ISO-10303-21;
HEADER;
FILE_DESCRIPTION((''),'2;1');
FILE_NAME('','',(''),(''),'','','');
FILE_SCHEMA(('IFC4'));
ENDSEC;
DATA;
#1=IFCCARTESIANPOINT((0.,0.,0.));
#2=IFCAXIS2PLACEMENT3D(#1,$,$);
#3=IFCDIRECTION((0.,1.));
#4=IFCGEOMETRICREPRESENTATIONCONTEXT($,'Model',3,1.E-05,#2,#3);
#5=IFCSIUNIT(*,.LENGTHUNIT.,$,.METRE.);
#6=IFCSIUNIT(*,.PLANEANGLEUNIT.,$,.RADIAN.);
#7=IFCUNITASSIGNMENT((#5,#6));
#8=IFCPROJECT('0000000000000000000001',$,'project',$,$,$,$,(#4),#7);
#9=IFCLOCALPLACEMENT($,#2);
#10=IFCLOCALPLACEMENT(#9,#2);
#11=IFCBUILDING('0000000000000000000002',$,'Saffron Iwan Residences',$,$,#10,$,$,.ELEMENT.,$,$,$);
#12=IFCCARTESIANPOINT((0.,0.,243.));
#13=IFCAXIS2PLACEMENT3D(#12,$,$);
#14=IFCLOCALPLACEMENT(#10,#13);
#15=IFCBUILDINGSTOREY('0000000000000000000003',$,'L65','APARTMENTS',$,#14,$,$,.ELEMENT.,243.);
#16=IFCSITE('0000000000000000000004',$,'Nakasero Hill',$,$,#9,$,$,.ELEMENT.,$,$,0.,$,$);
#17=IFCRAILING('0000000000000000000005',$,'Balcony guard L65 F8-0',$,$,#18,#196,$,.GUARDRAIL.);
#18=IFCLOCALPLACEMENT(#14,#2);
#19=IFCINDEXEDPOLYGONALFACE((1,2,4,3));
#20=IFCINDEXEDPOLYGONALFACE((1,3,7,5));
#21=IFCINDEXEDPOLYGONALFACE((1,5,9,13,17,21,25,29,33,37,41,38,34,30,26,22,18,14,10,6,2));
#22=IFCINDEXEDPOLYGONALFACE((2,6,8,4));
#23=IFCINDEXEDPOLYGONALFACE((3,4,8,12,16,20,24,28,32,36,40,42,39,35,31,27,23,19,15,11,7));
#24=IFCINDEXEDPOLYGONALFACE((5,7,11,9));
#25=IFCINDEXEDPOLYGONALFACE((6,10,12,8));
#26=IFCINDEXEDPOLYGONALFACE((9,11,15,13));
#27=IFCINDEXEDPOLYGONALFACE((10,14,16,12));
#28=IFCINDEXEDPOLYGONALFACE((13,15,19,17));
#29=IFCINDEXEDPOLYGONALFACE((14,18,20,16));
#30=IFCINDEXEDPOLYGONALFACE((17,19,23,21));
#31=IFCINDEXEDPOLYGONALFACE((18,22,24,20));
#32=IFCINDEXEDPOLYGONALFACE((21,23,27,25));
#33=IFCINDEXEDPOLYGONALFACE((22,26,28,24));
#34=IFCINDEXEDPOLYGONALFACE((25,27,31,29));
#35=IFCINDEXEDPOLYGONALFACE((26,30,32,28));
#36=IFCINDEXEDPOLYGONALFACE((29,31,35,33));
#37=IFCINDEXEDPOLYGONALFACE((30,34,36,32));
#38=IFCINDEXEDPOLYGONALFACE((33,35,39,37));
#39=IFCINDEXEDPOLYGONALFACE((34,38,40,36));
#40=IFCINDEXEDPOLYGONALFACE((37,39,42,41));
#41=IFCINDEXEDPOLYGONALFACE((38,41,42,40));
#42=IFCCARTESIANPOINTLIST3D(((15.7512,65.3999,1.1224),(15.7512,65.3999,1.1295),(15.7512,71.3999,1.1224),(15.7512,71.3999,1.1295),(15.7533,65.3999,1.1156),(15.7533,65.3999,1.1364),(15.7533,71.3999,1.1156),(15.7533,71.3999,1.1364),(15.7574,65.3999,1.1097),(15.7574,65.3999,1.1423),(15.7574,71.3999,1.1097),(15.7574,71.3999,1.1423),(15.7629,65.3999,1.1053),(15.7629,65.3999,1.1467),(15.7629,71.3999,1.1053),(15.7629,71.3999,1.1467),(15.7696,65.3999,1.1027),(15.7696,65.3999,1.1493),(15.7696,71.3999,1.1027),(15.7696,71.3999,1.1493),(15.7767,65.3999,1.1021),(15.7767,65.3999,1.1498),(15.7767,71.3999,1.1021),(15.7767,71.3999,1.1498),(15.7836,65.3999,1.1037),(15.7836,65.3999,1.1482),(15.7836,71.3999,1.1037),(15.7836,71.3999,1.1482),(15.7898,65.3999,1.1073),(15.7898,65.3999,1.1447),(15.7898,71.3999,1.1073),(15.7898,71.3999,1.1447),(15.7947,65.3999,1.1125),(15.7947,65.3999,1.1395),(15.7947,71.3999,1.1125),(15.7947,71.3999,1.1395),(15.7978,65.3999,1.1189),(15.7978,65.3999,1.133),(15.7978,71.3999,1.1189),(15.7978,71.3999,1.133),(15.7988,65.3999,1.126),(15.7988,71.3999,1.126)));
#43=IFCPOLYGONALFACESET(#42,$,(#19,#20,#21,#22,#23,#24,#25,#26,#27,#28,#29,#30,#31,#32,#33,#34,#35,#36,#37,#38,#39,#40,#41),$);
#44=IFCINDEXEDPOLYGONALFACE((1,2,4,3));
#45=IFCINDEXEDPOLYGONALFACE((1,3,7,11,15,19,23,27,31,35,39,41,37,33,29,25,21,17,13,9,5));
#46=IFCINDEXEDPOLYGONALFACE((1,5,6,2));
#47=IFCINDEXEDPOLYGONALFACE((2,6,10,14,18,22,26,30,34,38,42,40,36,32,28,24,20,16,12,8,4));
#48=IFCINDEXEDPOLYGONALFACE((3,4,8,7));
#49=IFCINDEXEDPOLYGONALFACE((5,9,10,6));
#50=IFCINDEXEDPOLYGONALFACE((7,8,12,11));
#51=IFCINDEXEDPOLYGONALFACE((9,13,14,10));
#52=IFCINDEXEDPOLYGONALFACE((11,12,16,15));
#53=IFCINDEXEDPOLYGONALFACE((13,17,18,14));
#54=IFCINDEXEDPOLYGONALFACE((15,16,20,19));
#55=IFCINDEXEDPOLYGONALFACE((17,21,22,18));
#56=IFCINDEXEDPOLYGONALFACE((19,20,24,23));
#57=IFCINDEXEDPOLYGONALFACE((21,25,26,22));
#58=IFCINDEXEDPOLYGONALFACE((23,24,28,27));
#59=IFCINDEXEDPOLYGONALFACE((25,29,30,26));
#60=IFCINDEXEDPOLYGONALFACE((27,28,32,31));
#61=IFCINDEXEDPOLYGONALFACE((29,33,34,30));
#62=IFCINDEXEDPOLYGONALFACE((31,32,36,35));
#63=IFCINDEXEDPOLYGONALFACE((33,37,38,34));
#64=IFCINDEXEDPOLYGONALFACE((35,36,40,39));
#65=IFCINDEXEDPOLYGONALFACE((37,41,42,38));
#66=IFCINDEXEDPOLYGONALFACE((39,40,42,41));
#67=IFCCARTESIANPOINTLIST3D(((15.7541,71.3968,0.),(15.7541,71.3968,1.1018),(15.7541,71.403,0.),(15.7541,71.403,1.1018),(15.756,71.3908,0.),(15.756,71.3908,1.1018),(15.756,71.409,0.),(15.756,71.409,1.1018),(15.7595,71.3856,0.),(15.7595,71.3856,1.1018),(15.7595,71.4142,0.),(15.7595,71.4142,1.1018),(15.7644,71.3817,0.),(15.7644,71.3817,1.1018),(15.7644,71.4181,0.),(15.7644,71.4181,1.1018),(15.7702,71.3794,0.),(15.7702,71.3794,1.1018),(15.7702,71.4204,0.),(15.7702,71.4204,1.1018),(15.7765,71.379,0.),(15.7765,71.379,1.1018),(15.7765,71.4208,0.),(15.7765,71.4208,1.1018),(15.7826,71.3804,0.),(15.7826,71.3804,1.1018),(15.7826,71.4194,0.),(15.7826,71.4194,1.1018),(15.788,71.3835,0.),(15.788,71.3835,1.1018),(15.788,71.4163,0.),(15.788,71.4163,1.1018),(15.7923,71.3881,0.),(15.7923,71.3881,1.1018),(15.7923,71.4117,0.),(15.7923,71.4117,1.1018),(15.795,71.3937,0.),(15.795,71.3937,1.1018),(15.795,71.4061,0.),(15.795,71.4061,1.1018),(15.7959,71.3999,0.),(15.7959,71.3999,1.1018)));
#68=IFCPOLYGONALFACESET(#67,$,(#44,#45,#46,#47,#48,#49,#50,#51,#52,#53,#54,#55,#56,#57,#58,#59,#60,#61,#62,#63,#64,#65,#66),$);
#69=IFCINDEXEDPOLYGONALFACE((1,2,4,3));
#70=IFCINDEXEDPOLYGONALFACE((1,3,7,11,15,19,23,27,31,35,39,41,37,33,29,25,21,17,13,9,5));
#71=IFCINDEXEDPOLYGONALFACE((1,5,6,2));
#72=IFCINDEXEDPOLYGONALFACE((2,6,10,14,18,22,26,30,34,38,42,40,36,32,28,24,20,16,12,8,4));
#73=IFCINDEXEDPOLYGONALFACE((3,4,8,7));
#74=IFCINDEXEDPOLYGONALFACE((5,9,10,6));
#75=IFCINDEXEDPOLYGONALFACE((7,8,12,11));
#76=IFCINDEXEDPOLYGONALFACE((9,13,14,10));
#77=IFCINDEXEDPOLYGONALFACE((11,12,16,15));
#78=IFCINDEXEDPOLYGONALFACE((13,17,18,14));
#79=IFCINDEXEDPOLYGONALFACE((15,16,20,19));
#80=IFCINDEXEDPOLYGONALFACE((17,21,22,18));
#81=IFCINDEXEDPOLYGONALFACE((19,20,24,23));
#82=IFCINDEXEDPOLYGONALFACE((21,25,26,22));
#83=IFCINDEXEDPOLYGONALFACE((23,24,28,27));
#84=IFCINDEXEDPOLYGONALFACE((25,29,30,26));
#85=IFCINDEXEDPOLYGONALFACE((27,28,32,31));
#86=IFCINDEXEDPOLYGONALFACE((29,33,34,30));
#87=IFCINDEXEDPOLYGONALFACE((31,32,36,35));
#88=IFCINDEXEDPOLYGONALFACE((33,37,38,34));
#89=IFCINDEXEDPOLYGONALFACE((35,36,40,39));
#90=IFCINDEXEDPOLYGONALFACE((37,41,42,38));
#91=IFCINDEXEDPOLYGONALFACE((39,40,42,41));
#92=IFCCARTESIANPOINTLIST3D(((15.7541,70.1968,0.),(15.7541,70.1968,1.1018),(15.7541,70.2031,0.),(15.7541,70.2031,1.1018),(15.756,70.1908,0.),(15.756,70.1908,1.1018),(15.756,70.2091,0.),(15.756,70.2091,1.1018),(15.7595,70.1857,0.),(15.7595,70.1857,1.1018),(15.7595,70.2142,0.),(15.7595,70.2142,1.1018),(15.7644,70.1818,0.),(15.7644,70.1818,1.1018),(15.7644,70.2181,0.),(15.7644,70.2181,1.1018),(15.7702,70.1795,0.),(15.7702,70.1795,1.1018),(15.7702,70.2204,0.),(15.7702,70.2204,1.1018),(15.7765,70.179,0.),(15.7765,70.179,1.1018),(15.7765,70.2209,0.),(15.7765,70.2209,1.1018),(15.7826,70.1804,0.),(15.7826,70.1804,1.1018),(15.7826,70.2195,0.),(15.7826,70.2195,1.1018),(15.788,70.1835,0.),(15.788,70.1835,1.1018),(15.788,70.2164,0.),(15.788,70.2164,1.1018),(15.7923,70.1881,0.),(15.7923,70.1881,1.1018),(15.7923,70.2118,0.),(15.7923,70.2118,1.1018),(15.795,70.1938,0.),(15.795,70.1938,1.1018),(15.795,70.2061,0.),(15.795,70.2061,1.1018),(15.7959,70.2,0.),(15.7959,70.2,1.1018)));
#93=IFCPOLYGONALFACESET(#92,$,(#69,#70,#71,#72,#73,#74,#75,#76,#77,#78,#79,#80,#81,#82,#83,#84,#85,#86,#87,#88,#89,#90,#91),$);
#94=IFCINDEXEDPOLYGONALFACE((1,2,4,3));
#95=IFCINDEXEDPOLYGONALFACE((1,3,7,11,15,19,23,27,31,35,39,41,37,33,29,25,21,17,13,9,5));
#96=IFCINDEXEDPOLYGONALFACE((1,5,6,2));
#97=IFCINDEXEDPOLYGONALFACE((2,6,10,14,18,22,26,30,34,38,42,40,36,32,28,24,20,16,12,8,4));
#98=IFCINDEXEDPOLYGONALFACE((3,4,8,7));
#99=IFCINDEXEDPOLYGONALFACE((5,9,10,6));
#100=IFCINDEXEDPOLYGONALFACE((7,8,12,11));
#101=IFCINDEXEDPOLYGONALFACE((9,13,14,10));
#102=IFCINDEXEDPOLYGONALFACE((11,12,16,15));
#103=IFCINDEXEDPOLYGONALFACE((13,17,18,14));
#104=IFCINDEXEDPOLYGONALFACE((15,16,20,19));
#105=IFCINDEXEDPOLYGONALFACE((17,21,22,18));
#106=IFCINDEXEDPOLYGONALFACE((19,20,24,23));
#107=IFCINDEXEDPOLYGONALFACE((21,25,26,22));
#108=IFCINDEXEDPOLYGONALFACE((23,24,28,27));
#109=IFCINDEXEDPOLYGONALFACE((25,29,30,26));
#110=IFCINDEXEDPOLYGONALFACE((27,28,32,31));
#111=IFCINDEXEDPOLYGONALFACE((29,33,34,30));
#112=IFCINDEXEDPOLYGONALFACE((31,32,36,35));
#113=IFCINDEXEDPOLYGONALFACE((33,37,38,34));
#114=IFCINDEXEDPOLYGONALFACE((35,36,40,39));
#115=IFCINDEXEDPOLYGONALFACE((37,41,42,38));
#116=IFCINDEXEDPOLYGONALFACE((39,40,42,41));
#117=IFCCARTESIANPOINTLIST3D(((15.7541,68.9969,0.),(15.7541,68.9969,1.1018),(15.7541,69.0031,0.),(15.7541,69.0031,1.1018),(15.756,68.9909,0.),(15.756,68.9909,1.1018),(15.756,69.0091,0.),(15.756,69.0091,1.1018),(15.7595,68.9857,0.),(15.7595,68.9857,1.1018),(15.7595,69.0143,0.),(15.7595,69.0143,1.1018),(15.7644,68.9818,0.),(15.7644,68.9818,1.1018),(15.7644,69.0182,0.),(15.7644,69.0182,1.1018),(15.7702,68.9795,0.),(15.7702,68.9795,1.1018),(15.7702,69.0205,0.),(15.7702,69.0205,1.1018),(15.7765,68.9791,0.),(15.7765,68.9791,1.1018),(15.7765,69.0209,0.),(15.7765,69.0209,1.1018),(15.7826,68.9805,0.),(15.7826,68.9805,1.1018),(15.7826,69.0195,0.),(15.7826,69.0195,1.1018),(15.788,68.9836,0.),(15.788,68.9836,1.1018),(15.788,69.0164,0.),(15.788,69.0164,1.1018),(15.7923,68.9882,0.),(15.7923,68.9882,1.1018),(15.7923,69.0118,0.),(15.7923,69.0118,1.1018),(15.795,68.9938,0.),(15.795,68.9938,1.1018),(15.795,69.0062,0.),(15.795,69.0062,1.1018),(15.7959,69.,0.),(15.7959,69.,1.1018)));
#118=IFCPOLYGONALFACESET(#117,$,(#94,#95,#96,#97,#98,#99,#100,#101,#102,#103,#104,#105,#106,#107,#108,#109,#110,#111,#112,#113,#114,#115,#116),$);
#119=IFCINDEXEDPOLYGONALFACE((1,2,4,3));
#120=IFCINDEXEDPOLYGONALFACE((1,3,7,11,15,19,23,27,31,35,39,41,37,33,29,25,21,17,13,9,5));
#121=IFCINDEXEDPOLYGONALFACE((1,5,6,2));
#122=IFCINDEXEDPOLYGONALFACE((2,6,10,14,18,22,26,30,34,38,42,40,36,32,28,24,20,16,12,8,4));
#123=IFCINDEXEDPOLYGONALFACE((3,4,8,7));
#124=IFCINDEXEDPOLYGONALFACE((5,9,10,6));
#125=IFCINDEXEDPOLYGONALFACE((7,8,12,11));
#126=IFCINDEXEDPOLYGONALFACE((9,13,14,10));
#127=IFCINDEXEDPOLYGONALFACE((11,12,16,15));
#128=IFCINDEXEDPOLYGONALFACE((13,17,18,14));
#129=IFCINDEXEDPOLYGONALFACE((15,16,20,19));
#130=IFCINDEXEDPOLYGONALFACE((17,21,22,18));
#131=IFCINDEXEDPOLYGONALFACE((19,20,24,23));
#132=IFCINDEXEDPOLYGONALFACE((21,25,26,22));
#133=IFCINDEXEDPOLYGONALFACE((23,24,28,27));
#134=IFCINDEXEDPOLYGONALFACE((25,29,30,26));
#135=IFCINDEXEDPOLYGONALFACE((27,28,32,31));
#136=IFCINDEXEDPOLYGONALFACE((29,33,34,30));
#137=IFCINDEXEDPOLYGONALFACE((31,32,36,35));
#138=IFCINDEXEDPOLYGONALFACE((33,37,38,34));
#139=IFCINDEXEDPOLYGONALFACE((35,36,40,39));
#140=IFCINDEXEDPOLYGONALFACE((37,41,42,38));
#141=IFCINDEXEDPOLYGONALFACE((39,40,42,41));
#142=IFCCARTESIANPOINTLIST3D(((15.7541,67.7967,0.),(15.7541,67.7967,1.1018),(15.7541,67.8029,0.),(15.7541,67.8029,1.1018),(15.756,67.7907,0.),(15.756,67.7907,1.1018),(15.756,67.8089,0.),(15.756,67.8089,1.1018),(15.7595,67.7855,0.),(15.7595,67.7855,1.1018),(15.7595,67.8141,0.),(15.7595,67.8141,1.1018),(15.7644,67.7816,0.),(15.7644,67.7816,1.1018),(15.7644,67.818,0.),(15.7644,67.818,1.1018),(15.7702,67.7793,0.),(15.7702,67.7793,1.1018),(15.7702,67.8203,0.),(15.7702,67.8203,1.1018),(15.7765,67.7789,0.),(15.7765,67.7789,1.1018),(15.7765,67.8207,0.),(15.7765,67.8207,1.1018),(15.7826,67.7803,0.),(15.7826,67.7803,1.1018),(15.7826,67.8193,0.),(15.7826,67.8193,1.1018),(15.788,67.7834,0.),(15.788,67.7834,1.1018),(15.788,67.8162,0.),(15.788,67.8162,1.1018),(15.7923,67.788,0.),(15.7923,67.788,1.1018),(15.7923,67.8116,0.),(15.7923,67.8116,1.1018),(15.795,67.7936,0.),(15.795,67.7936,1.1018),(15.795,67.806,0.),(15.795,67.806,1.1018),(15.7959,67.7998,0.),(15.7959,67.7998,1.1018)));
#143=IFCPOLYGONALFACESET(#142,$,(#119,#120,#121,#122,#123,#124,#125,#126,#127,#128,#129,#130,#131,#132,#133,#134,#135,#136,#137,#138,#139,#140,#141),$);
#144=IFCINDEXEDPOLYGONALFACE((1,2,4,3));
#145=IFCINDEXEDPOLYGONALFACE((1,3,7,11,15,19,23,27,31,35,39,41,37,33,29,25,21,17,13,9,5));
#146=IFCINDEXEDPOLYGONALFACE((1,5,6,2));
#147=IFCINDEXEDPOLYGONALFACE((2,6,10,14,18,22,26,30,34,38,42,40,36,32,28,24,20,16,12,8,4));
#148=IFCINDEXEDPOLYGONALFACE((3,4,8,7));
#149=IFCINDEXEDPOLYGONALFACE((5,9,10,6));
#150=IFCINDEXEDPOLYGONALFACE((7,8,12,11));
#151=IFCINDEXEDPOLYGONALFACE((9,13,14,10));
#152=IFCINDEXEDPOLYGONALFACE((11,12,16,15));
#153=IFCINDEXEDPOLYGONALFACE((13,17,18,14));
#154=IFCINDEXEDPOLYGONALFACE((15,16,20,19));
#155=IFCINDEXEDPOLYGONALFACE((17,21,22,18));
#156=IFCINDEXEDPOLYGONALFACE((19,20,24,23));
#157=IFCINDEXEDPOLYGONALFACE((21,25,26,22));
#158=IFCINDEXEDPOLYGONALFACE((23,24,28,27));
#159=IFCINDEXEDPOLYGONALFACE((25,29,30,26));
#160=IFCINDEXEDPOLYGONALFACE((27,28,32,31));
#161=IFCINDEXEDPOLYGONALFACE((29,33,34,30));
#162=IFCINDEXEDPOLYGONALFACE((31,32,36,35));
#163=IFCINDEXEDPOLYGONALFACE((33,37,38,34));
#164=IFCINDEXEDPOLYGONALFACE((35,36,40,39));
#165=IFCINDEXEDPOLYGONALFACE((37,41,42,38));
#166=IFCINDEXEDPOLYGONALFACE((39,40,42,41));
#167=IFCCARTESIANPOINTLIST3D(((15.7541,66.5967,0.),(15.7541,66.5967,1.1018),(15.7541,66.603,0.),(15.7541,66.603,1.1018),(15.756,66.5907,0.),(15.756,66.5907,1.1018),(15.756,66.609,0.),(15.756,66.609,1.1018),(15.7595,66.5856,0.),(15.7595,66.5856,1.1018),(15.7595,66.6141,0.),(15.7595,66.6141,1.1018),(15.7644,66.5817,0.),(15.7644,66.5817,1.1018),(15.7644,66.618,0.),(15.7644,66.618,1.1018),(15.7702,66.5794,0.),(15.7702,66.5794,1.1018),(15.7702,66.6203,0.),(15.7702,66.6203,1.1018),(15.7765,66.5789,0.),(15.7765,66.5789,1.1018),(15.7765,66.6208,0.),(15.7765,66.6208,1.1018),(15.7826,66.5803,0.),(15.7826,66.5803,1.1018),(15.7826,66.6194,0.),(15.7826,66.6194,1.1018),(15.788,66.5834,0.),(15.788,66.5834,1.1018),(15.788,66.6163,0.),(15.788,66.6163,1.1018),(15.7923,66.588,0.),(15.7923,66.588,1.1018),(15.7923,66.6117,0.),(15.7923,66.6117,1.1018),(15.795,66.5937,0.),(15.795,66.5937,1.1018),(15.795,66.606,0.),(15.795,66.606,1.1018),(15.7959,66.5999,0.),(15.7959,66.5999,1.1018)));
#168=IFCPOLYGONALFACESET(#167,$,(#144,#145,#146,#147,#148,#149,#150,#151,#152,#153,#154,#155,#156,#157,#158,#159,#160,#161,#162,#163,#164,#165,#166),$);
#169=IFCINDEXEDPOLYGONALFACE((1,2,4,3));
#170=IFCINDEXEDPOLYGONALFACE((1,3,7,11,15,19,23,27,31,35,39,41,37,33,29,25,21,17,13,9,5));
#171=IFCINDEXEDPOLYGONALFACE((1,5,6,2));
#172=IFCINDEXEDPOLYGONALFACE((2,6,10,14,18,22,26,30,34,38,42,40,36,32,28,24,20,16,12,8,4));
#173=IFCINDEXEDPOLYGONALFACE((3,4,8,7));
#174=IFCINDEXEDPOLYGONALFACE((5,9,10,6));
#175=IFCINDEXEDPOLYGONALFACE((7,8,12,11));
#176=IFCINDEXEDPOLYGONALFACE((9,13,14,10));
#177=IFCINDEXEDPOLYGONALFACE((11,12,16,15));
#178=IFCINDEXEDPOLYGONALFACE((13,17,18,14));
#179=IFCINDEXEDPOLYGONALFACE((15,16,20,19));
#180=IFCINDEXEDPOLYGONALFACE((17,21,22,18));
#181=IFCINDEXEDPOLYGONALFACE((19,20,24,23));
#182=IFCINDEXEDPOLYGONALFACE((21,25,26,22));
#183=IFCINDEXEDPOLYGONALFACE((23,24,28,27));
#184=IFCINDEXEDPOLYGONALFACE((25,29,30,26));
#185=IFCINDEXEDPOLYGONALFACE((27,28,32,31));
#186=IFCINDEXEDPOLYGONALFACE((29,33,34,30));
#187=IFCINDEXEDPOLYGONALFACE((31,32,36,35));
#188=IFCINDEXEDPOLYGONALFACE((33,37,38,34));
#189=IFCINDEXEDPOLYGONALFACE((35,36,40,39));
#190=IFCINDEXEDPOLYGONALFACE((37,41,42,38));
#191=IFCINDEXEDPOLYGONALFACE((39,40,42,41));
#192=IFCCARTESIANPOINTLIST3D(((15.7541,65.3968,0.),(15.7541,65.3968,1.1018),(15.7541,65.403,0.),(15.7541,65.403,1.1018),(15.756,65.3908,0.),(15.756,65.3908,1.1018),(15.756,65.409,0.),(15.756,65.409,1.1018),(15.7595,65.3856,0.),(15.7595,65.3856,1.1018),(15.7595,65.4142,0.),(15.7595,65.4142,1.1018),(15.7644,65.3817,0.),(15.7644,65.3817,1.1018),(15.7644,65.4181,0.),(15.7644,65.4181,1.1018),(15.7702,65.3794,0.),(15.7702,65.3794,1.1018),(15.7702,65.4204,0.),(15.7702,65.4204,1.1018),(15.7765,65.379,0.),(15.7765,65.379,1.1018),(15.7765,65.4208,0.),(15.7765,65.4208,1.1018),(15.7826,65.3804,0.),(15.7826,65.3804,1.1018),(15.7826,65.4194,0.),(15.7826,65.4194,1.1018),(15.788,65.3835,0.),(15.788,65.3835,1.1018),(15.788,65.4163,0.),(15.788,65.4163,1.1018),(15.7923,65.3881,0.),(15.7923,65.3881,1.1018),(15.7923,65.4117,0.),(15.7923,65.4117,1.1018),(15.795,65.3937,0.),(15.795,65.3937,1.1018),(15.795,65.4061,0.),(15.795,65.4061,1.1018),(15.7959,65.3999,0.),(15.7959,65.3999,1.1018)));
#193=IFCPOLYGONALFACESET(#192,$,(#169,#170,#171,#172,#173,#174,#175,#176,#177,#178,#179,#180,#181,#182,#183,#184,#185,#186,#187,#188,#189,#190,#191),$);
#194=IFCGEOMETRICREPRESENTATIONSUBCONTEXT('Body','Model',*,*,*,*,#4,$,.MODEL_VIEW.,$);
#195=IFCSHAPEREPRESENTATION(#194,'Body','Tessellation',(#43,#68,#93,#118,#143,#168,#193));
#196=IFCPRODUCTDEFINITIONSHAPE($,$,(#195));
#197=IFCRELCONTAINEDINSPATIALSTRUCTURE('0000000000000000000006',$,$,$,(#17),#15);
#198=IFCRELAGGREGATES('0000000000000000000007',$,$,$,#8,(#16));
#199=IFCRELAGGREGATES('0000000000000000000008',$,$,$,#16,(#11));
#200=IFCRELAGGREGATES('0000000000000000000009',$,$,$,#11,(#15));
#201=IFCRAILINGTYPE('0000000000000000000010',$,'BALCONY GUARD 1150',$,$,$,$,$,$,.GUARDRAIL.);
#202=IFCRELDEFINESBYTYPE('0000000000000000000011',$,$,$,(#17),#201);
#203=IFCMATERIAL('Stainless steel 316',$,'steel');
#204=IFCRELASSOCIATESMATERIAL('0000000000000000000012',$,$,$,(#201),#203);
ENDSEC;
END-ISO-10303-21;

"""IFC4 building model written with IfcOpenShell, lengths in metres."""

from ifc_helpers import new_model, si_unit, direction, frame, origin, origin_2d, place, context, subcontext, project, spatial, circle, extrude, material, type_object, element, save


model = new_model("IFC4")

# Units and contexts
model_context = context("Model", 3, precision=1e-05, world=origin(), true_north=direction((0.0, 1.0)))
body_context = subcontext(model_context, "Body", "Model", "MODEL_VIEW")
ifc_project = project(units=[si_unit("LENGTHUNIT", "METRE"), si_unit("PLANEANGLEUNIT", "RADIAN")], contexts=[model_context])

# Site, building, storey
site_placement = place(None, origin())
site = spatial("IfcSite", under=ifc_project, at=site_placement, Name="Nakasero Hill", CompositionType="ELEMENT", RefElevation=0.0)
building_placement = place(site_placement, origin())
building = spatial("IfcBuilding", under=site, at=building_placement, Name="Saffron Iwan Residences", CompositionType="ELEMENT")
storey_placement = place(building_placement, frame((0.0, 0.0, 243.0)))
storey = spatial("IfcBuildingStorey", under=building, at=storey_placement, Name="L65", Description="APARTMENTS", CompositionType="ELEMENT", Elevation=243.0)

# Railing
ifc_material_1 = material(Name="Stainless steel 316", Category="steel")
railing_type = type_object("IfcRailingType", Name="BALCONY GUARD 1150", PredefinedType="GUARDRAIL", material=ifc_material_1)
railing_placement = place(storey_placement, frame((15.7749, 71.3999, 0.0)))
element("IfcRailing", 1, at=railing_placement, inside=storey, type_object=railing_type, Name="Balcony guard L65 F8-0", PredefinedType="GUARDRAIL", context=body_context, shape_type="SweptSolid", body=[
    extrude(circle(Radius=0.0239, at=origin_2d()), frame((0.0, 0.0, 1.126), z_axis=(0.0, -1.0, 0.0), x_axis=(1.0, 0.0, 0.0)), (0.0, 0.0, 1.0), 6.0),
    extrude(circle(Radius=0.021, at=origin_2d()), origin(), (0.0, 0.0, 1.0), 1.1018),
    extrude(circle(Radius=0.021, at=origin_2d()), frame((0.0, -1.2, 0.0)), (0.0, 0.0, 1.0), 1.1018),
    extrude(circle(Radius=0.021, at=origin_2d()), frame((0.0, -2.3999, 0.0)), (0.0, 0.0, 1.0), 1.1018),
    extrude(circle(Radius=0.021, at=origin_2d()), frame((0.0, -3.6001, 0.0)), (0.0, 0.0, 1.0), 1.1018),
    extrude(circle(Radius=0.021, at=origin_2d()), frame((0.0, -4.8, 0.0)), (0.0, 0.0, 1.0), 1.1018),
    extrude(circle(Radius=0.021, at=origin_2d()), frame((0.0, -6.0, 0.0)), (0.0, 0.0, 1.0), 1.1018),
])

save(model, "model.ifc")
